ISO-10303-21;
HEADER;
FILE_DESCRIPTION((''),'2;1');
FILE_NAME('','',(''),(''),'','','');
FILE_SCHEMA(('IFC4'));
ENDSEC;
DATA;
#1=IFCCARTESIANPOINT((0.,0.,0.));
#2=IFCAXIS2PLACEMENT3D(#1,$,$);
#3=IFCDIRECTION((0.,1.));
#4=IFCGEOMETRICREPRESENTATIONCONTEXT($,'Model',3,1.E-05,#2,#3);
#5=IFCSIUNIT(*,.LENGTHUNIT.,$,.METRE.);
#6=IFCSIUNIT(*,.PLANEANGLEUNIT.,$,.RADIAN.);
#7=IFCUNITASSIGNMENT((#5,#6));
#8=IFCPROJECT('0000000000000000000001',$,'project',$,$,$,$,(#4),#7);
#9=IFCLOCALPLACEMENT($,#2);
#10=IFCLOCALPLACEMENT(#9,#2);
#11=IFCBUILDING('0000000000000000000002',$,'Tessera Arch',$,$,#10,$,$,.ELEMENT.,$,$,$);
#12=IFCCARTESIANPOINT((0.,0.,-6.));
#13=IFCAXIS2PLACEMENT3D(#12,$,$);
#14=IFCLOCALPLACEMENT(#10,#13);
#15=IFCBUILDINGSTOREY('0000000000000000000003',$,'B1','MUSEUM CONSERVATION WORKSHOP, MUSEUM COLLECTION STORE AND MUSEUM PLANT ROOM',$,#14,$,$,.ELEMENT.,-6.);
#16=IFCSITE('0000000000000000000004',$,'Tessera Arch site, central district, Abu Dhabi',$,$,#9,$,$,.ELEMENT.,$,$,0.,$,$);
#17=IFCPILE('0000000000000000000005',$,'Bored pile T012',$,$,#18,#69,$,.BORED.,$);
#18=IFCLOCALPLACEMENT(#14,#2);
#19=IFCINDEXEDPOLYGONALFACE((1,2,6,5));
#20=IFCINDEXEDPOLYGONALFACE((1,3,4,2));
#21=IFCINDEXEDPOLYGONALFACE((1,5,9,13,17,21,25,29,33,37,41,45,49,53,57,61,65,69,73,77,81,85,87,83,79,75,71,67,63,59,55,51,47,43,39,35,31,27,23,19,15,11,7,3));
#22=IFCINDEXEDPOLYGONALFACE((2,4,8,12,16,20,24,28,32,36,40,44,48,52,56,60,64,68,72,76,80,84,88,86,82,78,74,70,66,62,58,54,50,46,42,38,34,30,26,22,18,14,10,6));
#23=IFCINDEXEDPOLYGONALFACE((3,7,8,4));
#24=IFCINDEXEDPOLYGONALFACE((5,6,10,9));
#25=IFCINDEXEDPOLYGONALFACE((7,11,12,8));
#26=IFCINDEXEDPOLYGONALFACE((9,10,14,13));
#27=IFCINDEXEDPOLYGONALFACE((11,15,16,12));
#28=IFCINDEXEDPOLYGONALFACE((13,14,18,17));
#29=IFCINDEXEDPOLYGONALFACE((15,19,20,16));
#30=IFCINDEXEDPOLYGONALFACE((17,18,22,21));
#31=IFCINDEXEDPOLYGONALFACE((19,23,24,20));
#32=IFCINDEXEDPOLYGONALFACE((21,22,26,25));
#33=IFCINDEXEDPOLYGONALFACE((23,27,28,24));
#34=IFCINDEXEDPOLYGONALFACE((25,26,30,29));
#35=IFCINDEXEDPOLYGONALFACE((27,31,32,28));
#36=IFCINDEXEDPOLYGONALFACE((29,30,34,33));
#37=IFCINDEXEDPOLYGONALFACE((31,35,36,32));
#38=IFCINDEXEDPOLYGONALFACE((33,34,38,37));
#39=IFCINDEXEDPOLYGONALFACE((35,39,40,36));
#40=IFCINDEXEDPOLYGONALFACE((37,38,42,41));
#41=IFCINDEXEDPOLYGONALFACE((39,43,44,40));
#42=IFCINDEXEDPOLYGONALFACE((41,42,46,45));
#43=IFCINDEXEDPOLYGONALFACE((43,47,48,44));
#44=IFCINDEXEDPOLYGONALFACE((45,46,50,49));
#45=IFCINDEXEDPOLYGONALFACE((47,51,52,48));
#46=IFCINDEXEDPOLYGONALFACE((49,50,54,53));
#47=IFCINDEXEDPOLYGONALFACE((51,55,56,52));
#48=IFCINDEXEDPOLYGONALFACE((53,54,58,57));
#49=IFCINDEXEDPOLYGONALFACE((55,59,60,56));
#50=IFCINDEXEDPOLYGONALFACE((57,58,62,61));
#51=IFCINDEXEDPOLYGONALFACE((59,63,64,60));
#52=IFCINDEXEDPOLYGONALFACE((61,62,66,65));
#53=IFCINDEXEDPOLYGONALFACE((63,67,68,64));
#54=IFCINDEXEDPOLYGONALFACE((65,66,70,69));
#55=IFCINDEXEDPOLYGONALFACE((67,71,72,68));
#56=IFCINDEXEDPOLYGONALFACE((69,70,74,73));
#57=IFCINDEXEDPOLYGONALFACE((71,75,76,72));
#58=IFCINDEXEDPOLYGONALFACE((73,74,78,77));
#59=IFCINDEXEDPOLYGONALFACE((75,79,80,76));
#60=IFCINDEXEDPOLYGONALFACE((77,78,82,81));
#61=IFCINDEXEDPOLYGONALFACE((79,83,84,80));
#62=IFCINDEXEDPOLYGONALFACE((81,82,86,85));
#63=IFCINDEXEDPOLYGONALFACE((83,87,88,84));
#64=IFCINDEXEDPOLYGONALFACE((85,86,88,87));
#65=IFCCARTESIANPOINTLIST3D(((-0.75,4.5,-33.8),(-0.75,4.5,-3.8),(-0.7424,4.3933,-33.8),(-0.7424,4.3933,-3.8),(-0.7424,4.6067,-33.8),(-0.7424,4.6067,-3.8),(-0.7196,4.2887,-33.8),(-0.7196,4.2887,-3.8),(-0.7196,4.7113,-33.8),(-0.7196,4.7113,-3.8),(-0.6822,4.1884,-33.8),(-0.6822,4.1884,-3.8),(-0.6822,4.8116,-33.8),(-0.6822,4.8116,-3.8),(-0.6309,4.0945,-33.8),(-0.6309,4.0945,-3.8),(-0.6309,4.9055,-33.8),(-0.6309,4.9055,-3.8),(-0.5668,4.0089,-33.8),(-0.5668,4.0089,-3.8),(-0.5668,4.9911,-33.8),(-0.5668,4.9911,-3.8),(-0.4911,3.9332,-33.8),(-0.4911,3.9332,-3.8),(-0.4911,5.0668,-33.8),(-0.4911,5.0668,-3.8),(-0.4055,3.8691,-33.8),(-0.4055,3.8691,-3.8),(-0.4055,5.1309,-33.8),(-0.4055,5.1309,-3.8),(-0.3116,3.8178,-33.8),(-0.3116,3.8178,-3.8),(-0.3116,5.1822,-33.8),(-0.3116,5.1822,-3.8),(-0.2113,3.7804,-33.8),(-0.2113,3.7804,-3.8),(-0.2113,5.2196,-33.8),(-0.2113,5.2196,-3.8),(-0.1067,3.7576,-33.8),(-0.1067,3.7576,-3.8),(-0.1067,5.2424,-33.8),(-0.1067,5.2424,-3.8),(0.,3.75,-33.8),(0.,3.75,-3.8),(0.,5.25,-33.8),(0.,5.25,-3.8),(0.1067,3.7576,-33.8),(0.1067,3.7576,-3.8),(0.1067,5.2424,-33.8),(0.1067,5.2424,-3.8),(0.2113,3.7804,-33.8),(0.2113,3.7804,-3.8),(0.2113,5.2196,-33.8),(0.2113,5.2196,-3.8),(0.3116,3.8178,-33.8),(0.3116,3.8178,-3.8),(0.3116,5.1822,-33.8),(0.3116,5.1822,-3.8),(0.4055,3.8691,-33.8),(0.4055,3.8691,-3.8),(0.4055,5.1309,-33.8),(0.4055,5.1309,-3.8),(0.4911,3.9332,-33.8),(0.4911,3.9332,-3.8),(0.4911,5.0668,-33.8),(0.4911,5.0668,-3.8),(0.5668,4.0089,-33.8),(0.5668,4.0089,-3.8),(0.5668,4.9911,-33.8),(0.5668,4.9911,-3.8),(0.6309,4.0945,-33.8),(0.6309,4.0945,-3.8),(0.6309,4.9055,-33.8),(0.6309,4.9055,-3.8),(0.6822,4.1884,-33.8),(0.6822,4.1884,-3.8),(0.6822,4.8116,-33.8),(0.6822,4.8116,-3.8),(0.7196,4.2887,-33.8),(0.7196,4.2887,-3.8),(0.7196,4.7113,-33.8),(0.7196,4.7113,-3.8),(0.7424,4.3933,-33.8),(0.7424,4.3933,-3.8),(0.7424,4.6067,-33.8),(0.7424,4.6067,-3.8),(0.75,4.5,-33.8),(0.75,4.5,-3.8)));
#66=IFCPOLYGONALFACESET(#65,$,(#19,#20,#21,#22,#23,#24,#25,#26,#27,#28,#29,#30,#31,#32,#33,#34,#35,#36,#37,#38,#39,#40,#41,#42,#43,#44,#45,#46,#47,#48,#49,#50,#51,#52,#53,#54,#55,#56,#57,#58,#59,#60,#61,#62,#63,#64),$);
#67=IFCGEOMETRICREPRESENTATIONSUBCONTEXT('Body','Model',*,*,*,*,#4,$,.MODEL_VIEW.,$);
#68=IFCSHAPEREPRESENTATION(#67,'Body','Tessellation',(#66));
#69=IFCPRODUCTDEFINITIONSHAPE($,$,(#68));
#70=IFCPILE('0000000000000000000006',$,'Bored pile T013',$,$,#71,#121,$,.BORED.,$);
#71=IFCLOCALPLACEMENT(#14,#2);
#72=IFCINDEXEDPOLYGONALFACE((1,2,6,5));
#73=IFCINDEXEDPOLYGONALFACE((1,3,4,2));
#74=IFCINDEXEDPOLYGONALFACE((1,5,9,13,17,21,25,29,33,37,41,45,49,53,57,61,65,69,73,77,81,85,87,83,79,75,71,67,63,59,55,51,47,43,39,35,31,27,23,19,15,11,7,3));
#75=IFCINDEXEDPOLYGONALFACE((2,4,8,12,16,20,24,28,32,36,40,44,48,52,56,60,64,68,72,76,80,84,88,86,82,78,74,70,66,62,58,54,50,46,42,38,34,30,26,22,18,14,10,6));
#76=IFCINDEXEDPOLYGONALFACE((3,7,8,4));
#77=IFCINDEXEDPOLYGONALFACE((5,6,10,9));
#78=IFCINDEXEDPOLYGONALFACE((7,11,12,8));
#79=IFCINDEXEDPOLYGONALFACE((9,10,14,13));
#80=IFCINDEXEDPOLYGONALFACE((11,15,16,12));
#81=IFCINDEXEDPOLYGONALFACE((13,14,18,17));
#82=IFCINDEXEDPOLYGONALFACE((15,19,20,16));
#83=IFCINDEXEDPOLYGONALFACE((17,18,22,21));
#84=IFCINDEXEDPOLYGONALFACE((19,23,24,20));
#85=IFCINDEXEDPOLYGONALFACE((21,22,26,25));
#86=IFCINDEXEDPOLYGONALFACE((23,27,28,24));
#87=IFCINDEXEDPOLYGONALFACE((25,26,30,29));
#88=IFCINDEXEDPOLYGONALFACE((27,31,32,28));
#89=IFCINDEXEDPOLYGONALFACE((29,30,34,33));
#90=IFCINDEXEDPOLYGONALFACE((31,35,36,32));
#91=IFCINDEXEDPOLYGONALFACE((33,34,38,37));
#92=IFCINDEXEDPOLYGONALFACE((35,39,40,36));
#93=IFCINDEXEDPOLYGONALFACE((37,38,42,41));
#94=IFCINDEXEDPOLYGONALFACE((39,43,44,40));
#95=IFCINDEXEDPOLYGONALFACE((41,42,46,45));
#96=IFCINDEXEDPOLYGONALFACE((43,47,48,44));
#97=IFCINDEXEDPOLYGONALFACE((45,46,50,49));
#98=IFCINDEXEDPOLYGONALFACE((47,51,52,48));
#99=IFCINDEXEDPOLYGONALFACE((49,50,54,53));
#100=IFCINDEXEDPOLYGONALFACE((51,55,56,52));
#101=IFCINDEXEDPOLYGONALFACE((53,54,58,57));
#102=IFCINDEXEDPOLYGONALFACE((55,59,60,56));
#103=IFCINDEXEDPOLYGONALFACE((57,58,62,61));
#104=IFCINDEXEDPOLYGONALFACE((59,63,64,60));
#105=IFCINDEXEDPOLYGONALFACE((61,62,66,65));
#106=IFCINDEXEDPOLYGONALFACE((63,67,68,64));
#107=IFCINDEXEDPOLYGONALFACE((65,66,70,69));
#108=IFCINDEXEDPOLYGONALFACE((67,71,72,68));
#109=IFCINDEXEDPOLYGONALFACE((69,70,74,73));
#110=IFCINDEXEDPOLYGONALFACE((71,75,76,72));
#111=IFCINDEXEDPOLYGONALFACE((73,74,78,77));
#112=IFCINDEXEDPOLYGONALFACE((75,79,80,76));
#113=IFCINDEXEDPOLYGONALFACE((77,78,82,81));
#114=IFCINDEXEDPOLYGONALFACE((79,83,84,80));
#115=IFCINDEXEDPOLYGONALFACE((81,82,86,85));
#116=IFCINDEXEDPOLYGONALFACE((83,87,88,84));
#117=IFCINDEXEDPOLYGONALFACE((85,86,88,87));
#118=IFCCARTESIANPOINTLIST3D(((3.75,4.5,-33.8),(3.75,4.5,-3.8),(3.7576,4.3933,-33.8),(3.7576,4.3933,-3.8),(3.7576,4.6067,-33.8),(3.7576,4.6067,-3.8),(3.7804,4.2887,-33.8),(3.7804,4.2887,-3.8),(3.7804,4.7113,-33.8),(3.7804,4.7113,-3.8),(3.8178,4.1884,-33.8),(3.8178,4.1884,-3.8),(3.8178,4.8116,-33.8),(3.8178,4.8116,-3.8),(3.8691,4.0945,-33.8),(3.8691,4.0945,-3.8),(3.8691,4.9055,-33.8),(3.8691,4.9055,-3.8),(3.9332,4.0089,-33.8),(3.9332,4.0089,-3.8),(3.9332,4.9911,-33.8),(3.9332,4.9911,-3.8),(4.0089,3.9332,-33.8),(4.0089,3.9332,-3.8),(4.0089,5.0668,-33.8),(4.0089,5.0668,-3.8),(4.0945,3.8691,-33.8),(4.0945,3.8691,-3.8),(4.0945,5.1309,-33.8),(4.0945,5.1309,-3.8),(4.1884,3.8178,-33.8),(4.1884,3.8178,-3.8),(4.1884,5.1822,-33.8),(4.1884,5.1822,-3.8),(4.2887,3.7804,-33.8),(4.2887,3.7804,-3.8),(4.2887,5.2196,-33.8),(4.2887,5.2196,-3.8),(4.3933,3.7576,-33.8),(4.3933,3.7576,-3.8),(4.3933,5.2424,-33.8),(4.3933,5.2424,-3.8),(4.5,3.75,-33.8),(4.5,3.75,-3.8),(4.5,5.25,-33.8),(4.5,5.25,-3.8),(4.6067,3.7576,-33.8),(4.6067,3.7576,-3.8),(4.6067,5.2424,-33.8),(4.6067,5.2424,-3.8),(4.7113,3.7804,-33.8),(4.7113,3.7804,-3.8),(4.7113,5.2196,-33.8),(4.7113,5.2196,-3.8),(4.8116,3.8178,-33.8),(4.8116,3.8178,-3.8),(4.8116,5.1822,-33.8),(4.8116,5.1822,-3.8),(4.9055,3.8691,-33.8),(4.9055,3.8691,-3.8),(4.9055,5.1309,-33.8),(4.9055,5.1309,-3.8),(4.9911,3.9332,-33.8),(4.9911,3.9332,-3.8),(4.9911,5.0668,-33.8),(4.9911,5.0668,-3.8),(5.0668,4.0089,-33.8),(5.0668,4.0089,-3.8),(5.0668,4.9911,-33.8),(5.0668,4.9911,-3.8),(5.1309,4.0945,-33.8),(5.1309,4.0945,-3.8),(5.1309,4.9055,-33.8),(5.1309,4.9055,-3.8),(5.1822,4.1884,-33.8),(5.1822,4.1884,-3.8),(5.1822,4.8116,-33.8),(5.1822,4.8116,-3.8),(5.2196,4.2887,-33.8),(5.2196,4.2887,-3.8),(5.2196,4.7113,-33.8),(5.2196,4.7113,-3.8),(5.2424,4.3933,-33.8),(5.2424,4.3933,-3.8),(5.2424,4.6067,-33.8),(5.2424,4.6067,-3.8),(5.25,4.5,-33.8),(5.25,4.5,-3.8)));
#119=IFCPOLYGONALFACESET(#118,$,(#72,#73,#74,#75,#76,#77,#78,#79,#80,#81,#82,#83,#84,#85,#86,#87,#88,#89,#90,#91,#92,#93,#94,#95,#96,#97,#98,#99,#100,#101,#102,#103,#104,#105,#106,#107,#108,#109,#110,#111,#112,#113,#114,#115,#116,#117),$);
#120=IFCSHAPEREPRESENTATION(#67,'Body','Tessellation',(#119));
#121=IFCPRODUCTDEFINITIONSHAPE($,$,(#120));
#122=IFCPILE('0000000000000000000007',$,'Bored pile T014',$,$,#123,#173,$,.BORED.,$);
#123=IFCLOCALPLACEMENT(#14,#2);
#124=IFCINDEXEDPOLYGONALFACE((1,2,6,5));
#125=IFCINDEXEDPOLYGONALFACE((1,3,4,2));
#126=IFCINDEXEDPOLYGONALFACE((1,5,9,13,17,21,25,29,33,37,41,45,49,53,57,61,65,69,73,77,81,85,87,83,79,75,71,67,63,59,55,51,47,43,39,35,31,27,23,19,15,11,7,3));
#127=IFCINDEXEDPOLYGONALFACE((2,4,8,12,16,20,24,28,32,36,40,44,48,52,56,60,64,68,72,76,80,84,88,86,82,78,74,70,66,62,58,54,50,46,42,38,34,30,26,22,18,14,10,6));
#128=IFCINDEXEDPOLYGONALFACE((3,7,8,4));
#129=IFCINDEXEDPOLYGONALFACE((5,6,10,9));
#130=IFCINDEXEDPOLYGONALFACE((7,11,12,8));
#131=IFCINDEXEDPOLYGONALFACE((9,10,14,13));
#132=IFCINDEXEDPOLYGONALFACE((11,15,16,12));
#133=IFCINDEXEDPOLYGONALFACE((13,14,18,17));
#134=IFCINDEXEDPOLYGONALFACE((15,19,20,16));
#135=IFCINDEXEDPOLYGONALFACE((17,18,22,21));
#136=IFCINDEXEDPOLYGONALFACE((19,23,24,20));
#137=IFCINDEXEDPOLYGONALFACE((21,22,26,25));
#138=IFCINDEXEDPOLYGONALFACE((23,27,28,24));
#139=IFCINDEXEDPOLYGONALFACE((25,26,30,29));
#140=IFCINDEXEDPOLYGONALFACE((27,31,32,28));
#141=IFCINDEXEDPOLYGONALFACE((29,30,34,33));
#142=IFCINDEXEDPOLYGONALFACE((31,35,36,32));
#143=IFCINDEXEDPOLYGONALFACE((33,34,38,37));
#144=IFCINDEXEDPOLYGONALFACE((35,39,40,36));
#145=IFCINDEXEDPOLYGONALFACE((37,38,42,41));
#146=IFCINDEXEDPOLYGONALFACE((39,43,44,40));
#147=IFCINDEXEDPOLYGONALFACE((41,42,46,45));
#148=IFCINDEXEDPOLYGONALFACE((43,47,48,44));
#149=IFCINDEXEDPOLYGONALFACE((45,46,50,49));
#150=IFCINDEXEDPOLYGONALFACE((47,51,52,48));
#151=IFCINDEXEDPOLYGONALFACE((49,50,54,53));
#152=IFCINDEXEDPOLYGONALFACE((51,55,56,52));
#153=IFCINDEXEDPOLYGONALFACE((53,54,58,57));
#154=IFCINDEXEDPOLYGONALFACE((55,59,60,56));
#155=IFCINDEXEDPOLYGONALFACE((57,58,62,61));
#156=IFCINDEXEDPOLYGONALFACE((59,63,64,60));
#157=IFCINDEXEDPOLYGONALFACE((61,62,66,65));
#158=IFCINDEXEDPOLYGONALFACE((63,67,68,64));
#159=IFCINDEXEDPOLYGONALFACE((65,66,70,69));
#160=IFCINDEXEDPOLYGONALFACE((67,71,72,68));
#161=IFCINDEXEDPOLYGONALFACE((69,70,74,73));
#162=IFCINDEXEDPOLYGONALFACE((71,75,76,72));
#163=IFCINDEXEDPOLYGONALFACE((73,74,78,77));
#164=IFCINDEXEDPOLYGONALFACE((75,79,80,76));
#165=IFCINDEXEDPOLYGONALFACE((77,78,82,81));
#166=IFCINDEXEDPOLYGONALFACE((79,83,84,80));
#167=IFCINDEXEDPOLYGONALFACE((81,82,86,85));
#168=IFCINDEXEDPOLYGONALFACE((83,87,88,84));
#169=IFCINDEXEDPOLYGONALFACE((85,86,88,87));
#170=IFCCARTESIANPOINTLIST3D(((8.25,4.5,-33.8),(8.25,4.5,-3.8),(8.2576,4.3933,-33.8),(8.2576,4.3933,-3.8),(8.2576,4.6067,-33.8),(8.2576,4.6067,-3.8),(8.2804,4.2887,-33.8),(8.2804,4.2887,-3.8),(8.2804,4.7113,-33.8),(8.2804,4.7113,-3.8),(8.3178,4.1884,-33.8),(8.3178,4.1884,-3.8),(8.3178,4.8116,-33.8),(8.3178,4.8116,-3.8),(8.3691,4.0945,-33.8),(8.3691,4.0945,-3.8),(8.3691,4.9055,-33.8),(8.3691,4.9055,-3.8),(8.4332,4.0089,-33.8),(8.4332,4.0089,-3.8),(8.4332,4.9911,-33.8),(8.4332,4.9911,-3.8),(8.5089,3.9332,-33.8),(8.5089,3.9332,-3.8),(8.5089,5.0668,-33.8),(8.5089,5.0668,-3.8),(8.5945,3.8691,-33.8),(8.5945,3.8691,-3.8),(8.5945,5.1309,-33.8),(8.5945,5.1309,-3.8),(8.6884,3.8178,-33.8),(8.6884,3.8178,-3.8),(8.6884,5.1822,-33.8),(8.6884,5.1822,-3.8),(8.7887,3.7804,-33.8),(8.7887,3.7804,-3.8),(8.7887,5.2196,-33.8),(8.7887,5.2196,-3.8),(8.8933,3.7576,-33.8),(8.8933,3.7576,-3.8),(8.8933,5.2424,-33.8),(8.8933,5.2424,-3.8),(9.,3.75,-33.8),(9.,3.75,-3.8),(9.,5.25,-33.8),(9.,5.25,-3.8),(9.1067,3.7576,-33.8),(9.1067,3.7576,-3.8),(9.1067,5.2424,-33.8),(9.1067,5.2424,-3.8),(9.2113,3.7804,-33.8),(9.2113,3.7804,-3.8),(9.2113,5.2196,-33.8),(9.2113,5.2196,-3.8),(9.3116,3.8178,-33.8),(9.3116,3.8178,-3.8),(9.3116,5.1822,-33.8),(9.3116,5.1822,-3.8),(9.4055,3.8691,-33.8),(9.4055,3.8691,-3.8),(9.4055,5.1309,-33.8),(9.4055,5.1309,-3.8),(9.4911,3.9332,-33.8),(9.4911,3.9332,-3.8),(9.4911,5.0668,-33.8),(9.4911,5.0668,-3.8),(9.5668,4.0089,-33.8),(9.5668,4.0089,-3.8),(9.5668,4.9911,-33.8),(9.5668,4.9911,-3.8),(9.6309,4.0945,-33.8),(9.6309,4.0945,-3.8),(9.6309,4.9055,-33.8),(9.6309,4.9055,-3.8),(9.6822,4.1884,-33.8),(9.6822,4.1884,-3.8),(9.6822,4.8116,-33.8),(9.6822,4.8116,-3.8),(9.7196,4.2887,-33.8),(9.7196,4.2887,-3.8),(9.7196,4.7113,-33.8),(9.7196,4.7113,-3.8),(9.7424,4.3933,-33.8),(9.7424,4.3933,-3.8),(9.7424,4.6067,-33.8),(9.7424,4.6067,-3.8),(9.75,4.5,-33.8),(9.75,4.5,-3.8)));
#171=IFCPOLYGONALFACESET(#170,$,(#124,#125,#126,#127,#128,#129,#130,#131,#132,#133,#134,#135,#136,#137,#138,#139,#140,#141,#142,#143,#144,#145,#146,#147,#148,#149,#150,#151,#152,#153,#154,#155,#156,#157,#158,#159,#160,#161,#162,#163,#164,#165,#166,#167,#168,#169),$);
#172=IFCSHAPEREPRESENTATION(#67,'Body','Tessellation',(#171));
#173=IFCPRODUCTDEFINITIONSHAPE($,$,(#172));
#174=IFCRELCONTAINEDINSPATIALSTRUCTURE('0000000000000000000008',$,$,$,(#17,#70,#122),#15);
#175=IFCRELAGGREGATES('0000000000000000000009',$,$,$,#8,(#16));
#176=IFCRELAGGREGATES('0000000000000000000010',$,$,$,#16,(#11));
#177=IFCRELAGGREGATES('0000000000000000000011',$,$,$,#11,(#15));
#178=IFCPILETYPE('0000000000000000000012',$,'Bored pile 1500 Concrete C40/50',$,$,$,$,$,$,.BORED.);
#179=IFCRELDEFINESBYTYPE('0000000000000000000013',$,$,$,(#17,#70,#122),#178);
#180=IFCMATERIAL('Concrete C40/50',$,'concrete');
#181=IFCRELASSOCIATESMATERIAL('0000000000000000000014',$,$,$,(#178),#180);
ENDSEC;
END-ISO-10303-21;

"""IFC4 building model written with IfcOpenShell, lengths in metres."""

from ifc_helpers import new_model, si_unit, direction, frame, origin, origin_2d, place, context, subcontext, project, spatial, circle, extrude, material, type_object, element, save


model = new_model("IFC4")

# Units and contexts
model_context = context("Model", 3, precision=1e-05, world=origin(), true_north=direction((0.0, 1.0)))
body_context = subcontext(model_context, "Body", "Model", "MODEL_VIEW")
ifc_project = project(units=[si_unit("LENGTHUNIT", "METRE"), si_unit("PLANEANGLEUNIT", "RADIAN")], contexts=[model_context])

# Site, building, storey
site_placement = place(None, origin())
site = spatial("IfcSite", under=ifc_project, at=site_placement, Name="Tessera Arch site, central district, Abu Dhabi", CompositionType="ELEMENT", RefElevation=0.0)
building_placement = place(site_placement, origin())
building = spatial("IfcBuilding", under=site, at=building_placement, Name="Tessera Arch", CompositionType="ELEMENT")
storey_placement = place(building_placement, frame((0.0, 0.0, -6.0)))
storey = spatial("IfcBuildingStorey", under=building, at=storey_placement, Name="B1", Description="MUSEUM CONSERVATION WORKSHOP, MUSEUM COLLECTION STORE AND MUSEUM PLANT ROOM", CompositionType="ELEMENT", Elevation=-6.0)

# Piles
ifc_material_1 = material(Name="Concrete C40/50", Category="concrete")
pile_type = type_object("IfcPileType", Name="Bored pile 1500 Concrete C40/50", PredefinedType="BORED", material=ifc_material_1)
for number, where, z_axis, x_axis, name in (
    (1, (0.0, 4.5, -3.8), (0.0, 0.0, -1.0), (1.0, 0.0, 0.0), "Bored pile T012"),
    (2, (4.5, 4.5, -3.8), (0.0, 0.0, -1.0), (1.0, 0.0, 0.0), "Bored pile T013"),
    (3, (9.0, 4.5, -3.8), (0.0, 0.0, -1.0), (1.0, 0.0, 0.0), "Bored pile T014"),
):
    element("IfcPile", number, at=place(storey_placement, frame(where, z_axis=z_axis, x_axis=x_axis)), inside=storey, type_object=pile_type, Name=name, PredefinedType="BORED", context=body_context, shape_type="SweptSolid", body=[
        extrude(circle(Radius=0.75, at=origin_2d()), origin(), (0.0, 0.0, 1.0), 30.0),
    ])

save(model, "model.ifc")
